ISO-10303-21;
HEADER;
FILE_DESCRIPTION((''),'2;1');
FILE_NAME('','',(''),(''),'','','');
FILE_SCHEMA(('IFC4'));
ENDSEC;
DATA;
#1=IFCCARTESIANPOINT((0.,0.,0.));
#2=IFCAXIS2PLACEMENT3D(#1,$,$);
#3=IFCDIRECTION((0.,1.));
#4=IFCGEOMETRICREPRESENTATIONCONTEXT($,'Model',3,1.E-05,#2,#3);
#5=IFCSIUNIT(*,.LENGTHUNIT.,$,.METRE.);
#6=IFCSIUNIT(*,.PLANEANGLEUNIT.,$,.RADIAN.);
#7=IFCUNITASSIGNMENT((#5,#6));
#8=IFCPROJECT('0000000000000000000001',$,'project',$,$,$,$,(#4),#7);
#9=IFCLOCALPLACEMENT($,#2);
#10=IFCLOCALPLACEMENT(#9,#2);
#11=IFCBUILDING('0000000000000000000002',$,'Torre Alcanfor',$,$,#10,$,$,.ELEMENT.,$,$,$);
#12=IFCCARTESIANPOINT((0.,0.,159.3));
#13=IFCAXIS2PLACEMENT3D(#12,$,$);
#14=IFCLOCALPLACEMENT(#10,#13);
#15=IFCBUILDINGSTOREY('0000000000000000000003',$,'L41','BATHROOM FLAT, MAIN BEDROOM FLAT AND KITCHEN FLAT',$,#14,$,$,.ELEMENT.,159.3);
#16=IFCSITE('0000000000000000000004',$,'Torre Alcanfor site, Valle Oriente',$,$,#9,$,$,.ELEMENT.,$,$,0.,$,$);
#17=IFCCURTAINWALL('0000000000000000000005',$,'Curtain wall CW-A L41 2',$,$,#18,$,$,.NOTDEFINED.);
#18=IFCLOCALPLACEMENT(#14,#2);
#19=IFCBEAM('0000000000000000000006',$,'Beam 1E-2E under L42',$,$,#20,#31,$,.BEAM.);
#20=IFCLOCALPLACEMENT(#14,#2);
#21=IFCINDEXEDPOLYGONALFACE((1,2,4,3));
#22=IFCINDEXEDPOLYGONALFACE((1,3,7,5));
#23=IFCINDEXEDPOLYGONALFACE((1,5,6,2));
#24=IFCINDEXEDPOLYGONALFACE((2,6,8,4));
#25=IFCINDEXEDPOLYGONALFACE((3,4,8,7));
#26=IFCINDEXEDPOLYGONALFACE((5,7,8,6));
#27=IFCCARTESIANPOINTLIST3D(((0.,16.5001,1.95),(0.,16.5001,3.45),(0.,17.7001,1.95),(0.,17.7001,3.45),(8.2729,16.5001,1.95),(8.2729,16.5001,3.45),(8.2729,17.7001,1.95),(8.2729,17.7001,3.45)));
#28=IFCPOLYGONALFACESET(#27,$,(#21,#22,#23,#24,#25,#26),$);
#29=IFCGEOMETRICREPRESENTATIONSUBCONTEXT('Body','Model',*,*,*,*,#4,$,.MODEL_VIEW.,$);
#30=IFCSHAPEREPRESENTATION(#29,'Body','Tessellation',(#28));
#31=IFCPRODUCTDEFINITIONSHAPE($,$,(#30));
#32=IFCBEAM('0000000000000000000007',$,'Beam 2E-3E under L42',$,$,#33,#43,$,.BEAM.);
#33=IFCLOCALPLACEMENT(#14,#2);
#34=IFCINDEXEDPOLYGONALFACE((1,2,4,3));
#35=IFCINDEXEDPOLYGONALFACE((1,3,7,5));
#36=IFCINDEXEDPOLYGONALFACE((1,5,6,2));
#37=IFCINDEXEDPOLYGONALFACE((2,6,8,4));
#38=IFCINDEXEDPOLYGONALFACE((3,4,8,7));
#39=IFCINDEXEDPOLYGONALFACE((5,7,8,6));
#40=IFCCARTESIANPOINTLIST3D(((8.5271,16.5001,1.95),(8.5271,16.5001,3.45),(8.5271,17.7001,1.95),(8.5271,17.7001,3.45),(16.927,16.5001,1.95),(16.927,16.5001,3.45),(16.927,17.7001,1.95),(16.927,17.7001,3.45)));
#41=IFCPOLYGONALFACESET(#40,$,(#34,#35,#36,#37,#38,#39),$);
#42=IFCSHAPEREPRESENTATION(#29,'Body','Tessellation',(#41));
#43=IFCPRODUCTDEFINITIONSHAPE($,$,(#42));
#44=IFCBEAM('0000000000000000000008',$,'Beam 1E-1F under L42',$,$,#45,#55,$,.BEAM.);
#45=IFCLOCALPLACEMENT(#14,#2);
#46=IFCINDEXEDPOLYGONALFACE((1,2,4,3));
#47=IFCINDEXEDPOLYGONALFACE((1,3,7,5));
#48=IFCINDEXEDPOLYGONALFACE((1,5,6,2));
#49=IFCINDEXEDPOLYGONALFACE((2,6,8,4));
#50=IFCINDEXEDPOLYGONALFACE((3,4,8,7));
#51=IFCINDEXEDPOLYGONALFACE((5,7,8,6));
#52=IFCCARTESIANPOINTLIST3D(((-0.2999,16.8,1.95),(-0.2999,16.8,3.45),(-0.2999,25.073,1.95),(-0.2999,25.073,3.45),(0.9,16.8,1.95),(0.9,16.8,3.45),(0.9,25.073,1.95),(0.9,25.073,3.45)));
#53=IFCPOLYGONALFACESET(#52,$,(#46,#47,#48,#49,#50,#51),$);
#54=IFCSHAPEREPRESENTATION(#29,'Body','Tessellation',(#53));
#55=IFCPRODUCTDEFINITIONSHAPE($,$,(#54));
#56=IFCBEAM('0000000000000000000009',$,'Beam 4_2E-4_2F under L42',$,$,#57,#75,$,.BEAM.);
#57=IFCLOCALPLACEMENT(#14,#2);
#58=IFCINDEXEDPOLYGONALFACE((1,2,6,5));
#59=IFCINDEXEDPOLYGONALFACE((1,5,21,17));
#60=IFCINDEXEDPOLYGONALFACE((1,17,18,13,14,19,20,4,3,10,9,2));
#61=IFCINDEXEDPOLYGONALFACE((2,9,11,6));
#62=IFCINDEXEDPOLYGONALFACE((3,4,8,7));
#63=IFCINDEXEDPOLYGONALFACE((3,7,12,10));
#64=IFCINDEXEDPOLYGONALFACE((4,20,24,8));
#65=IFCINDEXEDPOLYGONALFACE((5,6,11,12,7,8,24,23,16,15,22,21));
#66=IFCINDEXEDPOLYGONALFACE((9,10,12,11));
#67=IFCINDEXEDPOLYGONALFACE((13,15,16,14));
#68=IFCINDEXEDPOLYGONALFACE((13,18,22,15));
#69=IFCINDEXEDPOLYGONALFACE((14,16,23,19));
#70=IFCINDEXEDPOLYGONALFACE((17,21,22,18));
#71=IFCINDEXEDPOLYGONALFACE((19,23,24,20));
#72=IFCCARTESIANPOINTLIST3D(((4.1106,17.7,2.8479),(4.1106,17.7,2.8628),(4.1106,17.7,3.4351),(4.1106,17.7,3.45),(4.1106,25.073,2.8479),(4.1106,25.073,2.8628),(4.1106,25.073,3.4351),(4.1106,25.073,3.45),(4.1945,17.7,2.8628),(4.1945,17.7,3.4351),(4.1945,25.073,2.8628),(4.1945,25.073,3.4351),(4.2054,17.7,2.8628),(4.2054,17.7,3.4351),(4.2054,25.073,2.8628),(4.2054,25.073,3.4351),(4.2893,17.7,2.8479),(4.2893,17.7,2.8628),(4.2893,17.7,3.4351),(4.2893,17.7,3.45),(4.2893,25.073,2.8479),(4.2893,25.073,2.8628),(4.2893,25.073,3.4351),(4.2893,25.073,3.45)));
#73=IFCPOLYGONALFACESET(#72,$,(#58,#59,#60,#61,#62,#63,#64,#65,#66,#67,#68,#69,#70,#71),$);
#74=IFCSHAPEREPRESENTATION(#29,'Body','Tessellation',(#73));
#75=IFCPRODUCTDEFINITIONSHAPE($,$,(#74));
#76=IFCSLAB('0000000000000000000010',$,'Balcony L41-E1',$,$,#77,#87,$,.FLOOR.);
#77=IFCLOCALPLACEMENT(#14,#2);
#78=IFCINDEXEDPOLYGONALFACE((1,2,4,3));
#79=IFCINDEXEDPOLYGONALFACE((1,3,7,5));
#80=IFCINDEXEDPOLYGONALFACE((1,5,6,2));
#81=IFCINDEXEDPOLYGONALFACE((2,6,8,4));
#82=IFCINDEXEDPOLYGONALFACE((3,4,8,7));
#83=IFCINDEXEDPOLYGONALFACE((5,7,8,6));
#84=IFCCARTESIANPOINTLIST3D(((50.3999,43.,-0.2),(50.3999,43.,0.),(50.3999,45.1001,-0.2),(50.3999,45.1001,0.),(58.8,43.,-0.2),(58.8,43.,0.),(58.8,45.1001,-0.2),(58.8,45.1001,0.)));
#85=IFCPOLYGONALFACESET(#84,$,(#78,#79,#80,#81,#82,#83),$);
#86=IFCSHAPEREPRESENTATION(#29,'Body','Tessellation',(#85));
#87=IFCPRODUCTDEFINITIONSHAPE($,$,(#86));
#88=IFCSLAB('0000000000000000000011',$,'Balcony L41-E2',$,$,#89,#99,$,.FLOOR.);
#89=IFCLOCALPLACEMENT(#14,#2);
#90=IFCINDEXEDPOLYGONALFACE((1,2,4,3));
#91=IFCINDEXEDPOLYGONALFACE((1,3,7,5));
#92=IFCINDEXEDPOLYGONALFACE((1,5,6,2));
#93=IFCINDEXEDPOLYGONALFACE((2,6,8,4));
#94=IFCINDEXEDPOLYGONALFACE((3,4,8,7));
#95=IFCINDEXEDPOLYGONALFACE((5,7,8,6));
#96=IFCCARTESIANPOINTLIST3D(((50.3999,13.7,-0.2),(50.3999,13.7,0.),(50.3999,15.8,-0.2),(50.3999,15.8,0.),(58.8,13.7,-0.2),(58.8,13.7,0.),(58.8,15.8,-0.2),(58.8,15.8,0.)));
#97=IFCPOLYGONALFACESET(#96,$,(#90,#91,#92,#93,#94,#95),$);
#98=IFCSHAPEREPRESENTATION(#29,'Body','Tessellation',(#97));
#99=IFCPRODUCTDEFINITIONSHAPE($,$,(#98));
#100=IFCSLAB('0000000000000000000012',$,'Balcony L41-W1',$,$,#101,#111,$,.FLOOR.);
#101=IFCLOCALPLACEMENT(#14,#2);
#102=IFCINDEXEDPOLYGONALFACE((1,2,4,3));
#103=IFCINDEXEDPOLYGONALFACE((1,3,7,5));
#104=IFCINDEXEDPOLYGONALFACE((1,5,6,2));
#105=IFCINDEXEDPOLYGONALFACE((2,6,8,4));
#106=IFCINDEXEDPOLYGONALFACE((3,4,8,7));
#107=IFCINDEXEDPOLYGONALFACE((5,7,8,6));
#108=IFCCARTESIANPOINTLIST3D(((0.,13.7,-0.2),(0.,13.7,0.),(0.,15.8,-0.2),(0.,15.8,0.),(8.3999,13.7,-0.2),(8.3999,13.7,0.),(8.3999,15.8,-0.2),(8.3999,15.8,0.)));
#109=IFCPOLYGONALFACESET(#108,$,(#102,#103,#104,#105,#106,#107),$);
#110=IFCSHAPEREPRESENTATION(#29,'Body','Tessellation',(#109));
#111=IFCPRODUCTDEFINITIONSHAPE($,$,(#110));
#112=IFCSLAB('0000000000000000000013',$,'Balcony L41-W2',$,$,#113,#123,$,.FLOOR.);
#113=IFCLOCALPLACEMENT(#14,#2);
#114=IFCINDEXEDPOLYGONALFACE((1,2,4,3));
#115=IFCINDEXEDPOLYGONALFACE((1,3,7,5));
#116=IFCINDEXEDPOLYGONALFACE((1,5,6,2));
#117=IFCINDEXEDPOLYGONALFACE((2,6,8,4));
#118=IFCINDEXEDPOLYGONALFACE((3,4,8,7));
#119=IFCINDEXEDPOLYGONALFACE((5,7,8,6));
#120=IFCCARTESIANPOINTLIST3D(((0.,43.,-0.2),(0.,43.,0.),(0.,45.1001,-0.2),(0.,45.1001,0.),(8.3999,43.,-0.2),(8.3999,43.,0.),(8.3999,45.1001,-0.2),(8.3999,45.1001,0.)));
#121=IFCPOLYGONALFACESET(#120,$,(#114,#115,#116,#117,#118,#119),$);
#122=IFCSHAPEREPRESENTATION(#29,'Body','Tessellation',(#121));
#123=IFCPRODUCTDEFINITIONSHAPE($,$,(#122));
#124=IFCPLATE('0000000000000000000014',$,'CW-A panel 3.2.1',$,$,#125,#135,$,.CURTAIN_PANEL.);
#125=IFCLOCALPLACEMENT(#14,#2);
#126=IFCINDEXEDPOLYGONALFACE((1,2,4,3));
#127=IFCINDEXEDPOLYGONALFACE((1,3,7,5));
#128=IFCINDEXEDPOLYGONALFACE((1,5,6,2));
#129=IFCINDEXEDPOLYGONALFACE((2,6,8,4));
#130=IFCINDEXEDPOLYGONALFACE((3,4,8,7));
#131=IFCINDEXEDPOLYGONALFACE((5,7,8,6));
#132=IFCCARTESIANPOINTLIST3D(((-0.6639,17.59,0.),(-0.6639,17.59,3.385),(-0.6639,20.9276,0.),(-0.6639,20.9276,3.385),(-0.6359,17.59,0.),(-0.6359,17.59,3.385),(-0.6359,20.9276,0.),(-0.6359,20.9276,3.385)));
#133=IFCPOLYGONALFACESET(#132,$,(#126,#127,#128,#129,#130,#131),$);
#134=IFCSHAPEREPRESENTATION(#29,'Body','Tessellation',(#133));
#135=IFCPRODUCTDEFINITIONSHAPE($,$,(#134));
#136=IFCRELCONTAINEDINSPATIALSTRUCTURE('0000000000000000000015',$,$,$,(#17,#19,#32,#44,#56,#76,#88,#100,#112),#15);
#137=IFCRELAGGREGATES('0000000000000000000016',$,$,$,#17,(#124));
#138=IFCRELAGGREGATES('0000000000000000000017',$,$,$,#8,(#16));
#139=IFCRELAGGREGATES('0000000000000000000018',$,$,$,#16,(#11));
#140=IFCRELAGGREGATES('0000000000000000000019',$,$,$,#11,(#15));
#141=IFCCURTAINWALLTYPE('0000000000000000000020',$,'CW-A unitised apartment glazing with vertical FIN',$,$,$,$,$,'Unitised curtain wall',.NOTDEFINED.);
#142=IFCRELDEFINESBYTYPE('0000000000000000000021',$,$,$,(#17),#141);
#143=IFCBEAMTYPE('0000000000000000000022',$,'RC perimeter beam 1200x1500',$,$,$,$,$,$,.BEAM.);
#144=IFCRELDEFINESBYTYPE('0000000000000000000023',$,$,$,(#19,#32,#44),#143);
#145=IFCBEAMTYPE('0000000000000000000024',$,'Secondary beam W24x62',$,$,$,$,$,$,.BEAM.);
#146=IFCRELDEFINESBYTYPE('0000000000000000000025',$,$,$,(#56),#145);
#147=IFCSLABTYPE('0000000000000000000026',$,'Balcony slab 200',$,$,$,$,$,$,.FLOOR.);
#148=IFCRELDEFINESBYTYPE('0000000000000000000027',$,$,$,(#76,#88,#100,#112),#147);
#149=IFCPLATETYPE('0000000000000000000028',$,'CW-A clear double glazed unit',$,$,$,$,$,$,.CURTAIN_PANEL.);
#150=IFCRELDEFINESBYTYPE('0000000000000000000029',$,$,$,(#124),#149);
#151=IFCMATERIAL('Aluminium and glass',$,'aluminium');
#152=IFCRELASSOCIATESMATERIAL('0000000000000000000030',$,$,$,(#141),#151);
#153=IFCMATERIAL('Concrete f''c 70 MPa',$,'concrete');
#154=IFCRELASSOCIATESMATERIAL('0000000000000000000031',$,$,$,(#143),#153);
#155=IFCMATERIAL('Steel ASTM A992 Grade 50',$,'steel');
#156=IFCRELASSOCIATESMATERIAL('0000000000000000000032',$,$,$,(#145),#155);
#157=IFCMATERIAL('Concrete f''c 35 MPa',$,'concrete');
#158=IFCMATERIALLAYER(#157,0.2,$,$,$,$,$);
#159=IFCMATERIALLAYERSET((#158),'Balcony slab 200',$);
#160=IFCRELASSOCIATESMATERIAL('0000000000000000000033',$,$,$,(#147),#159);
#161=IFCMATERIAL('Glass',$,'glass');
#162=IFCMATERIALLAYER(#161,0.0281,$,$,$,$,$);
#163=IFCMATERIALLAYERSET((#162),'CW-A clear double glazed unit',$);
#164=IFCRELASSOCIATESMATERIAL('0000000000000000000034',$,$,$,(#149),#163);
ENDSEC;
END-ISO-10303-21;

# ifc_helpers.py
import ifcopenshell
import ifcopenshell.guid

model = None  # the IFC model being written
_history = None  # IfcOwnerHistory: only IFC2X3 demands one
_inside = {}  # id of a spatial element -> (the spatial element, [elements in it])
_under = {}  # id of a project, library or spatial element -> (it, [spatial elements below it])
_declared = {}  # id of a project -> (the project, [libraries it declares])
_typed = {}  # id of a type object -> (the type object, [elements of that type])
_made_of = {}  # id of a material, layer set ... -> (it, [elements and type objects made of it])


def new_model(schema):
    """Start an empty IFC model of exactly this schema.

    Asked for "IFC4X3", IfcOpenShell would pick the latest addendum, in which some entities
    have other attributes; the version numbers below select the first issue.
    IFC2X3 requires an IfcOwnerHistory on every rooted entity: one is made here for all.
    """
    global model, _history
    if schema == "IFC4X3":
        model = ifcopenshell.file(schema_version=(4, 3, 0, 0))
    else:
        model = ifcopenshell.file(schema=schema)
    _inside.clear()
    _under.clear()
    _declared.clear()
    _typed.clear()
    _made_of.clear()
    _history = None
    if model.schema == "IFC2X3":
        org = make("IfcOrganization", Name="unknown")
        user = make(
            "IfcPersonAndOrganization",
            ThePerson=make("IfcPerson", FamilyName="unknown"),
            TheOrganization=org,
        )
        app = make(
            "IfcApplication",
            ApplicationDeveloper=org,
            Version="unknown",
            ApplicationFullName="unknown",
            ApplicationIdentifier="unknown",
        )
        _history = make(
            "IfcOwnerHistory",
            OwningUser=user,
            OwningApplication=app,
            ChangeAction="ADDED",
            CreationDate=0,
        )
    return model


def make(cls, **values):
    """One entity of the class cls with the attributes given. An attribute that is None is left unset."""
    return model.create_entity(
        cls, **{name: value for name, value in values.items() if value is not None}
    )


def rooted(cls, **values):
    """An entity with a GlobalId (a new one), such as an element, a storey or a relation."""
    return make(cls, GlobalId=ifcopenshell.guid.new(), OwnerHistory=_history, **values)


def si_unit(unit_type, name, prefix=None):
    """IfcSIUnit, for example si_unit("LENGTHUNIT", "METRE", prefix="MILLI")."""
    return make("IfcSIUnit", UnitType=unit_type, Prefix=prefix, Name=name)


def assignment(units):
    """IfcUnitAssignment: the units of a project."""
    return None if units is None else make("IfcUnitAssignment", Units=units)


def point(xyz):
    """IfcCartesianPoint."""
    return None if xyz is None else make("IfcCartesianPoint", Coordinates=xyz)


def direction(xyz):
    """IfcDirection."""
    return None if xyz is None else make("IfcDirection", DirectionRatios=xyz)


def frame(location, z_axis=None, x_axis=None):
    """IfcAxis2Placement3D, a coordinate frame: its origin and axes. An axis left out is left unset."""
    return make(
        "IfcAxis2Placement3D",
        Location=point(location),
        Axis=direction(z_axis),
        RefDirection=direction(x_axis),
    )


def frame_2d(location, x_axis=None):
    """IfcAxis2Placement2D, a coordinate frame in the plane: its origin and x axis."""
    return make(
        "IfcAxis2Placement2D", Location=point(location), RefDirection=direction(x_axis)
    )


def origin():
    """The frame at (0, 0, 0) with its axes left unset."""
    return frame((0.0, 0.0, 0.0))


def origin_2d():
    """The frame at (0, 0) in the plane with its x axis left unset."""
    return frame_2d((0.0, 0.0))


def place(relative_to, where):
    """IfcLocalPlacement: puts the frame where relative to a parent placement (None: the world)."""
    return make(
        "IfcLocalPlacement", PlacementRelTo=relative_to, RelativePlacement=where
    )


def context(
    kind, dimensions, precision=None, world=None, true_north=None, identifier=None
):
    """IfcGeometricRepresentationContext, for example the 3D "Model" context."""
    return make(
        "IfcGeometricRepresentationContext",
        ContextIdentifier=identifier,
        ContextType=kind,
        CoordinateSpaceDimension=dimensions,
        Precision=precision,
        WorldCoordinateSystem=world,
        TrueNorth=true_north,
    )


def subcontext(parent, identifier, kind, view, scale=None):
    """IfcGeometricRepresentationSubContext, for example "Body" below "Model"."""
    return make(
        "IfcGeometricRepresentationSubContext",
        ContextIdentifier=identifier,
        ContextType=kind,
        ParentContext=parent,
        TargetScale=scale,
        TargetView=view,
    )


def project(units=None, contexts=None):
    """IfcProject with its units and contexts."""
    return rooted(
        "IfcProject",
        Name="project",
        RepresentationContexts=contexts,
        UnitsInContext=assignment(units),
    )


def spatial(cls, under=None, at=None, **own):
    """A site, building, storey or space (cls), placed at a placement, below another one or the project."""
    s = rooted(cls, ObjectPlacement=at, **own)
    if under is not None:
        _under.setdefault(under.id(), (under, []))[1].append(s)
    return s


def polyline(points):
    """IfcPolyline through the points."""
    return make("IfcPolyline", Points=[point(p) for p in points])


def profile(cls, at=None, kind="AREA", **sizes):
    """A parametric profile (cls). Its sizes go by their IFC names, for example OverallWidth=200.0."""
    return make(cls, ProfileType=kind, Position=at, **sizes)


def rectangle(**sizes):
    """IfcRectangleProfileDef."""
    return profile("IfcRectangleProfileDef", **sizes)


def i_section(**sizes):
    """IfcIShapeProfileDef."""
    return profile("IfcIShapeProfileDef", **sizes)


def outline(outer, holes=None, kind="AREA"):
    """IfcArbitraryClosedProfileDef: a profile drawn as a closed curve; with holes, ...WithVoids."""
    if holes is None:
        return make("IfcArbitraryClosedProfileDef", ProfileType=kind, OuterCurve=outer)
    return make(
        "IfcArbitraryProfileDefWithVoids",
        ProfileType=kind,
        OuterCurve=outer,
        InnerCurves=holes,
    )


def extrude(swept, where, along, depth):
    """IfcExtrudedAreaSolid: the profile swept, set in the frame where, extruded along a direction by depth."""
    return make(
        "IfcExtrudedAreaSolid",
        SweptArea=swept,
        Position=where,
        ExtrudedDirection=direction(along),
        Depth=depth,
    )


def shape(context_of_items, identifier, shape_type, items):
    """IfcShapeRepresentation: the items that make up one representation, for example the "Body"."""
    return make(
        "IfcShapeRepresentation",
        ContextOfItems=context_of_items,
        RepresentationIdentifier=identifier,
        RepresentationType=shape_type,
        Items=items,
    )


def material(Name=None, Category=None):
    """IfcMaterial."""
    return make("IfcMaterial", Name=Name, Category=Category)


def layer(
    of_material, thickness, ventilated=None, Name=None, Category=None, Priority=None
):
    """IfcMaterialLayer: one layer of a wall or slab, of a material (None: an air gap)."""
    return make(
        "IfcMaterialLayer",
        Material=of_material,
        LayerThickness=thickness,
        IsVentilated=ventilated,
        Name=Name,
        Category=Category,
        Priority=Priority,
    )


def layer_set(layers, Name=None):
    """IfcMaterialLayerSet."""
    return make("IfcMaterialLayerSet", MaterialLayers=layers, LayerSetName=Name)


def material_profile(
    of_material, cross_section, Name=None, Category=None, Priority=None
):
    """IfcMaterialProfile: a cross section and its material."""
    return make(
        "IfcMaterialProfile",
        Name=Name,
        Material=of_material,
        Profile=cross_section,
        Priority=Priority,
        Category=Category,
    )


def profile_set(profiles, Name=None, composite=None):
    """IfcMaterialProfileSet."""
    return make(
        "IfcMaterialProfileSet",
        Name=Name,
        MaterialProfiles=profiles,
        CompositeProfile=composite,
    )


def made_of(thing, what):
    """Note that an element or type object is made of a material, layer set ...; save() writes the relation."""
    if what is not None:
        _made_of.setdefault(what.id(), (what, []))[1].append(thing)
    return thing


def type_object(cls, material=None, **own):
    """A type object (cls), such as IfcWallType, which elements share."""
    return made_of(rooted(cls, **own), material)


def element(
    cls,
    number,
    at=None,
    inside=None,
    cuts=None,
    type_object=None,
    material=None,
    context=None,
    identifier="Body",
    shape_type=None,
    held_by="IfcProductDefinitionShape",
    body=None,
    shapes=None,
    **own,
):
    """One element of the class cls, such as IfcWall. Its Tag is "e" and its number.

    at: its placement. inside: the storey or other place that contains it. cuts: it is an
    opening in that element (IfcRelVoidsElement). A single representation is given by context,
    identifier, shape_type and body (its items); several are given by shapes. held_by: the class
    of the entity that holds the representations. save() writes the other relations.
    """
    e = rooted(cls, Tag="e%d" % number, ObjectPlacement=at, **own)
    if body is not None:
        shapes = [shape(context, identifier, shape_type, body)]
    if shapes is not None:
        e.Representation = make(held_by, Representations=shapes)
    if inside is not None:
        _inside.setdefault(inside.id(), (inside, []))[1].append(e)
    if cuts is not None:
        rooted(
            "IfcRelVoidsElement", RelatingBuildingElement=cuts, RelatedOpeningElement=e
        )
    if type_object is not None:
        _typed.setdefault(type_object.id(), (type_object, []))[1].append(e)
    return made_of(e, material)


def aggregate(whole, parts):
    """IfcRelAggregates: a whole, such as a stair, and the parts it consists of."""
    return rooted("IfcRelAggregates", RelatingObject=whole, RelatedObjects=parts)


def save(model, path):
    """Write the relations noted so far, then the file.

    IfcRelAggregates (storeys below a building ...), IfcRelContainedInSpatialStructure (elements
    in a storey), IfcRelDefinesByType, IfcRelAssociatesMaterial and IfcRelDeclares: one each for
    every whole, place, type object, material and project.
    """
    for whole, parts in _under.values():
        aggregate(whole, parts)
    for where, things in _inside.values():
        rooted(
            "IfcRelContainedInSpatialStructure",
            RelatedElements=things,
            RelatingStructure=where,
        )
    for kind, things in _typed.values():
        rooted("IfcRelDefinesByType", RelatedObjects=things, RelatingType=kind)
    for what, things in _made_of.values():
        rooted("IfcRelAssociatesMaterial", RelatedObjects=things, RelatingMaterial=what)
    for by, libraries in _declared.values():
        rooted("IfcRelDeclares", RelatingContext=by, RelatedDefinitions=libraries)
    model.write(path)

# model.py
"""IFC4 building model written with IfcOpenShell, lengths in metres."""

from ifc_helpers import new_model, si_unit, direction, frame, origin, origin_2d, place, context, subcontext, project, spatial, polyline, rectangle, i_section, outline, extrude, material, layer, layer_set, material_profile, profile_set, type_object, element, aggregate, save


model = new_model("IFC4")

# Units and contexts
model_context = context("Model", 3, precision=1e-05, world=origin(), true_north=direction((0.0, 1.0)))
body_context = subcontext(model_context, "Body", "Model", "MODEL_VIEW")
ifc_project = project(units=[si_unit("LENGTHUNIT", "METRE"), si_unit("PLANEANGLEUNIT", "RADIAN")], contexts=[model_context])

# Site, building, storey
site_placement = place(None, origin())
site = spatial("IfcSite", under=ifc_project, at=site_placement, Name="Torre Alcanfor site, Valle Oriente", CompositionType="ELEMENT", RefElevation=0.0)
building_placement = place(site_placement, origin())
building = spatial("IfcBuilding", under=site, at=building_placement, Name="Torre Alcanfor", CompositionType="ELEMENT")
storey_placement = place(building_placement, frame((0.0, 0.0, 159.3)))
storey = spatial("IfcBuildingStorey", under=building, at=storey_placement, Name="L41", Description="BATHROOM FLAT, MAIN BEDROOM FLAT AND KITCHEN FLAT", CompositionType="ELEMENT", Elevation=159.3)

# Curtain wall
ifc_material_1 = material(Name="Aluminium and glass", Category="aluminium")
curtain_wall_type = type_object("IfcCurtainWallType", Name="CW-A unitised apartment glazing with vertical FIN", ElementType="Unitised curtain wall", PredefinedType="NOTDEFINED", material=ifc_material_1)
curtain_wall_placement = place(storey_placement, origin())
curtain_wall = element("IfcCurtainWall", 1, at=curtain_wall_placement, inside=storey, type_object=curtain_wall_type, Name="Curtain wall CW-A L41 2", PredefinedType="NOTDEFINED")

# Beams
ifc_material_2 = material(Name="Concrete f'c 70 MPa", Category="concrete")
ifc_material_profile_1 = material_profile(ifc_material_2, rectangle(XDim=1.2, YDim=1.5, at=origin_2d()), Name="1200x1500")
ifc_profile_set_1 = profile_set([ifc_material_profile_1], Name="Concrete f'c 70 MPa")
beam_type_1 = type_object("IfcBeamType", Name="RC perimeter beam 1200x1500", PredefinedType="BEAM", material=ifc_profile_set_1)
beam_1_placement = place(storey_placement, frame((0.0, 17.1001, 2.7), z_axis=(1.0, 0.0, 0.0), x_axis=(0.0, 1.0, 0.0)))
element("IfcBeam", 2, at=beam_1_placement, inside=storey, type_object=beam_type_1, Name="Beam 1E-2E under L42", PredefinedType="BEAM", context=body_context, shape_type="SweptSolid", body=[
    extrude(rectangle(XDim=1.2, YDim=1.5, at=origin_2d()), origin(), (0.0, 0.0, 1.0), 8.2729),
])
beam_2_placement = place(storey_placement, frame((8.5271, 17.1001, 2.7), z_axis=(1.0, 0.0, 0.0), x_axis=(0.0, 1.0, 0.0)))
element("IfcBeam", 3, at=beam_2_placement, inside=storey, type_object=beam_type_1, Name="Beam 2E-3E under L42", PredefinedType="BEAM", context=body_context, shape_type="SweptSolid", body=[
    extrude(rectangle(XDim=1.2, YDim=1.5, at=origin_2d()), origin(), (0.0, 0.0, 1.0), 8.3999),
])
beam_3_placement = place(storey_placement, frame((0.3, 16.8, 2.7), z_axis=(0.0, 1.0, 0.0), x_axis=(-1.0, 0.0, 0.0)))
element("IfcBeam", 4, at=beam_3_placement, inside=storey, type_object=beam_type_1, Name="Beam 1E-1F under L42", PredefinedType="BEAM", context=body_context, shape_type="SweptSolid", body=[
    extrude(rectangle(XDim=1.2, YDim=1.5, at=origin_2d()), origin(), (0.0, 0.0, 1.0), 8.2729),
])
ifc_material_3 = material(Name="Steel ASTM A992 Grade 50", Category="steel")
ifc_material_profile_2 = material_profile(ifc_material_3, i_section(OverallWidth=0.1787, OverallDepth=0.6021, WebThickness=0.011, FlangeThickness=0.0149, at=origin_2d()), Name="W24x62")
ifc_profile_set_2 = profile_set([ifc_material_profile_2], Name="Steel ASTM A992 Grade 50")
beam_type_2 = type_object("IfcBeamType", Name="Secondary beam W24x62", PredefinedType="BEAM", material=ifc_profile_set_2)
beam_4_placement = place(storey_placement, frame((4.2, 17.7, 3.1489), z_axis=(0.0, 1.0, 0.0), x_axis=(-1.0, 0.0, 0.0)))
element("IfcBeam", 5, at=beam_4_placement, inside=storey, type_object=beam_type_2, Name="Beam 4_2E-4_2F under L42", PredefinedType="BEAM", context=body_context, shape_type="SweptSolid", body=[
    extrude(i_section(OverallWidth=0.1787, OverallDepth=0.6021, WebThickness=0.011, FlangeThickness=0.0149, at=origin_2d()), origin(), (0.0, 0.0, 1.0), 7.373),
])

# Slabs
ifc_material_4 = material(Name="Concrete f'c 35 MPa", Category="concrete")
ifc_layer_1 = layer(ifc_material_4, 0.2)
ifc_layer_set_1 = layer_set([ifc_layer_1], Name="Balcony slab 200")
slab_type_1 = type_object("IfcSlabType", Name="Balcony slab 200", PredefinedType="FLOOR", material=ifc_layer_set_1)
slab_1_placement = place(storey_placement, frame((0.0, 0.0, -0.2)))
element("IfcSlab", 6, at=slab_1_placement, inside=storey, type_object=slab_type_1, Name="Balcony L41-E1", PredefinedType="FLOOR", context=body_context, shape_type="SweptSolid", body=[
    extrude(outline(polyline([(50.3999, 43.0), (58.8, 43.0), (58.8, 45.1001), (50.3999, 45.1001), (50.3999, 43.0)])), origin(), (0.0, 0.0, 1.0), 0.2),
])
slab_2_placement = place(storey_placement, frame((0.0, 0.0, -0.2)))
element("IfcSlab", 7, at=slab_2_placement, inside=storey, type_object=slab_type_1, Name="Balcony L41-E2", PredefinedType="FLOOR", context=body_context, shape_type="SweptSolid", body=[
    extrude(outline(polyline([(50.3999, 13.7), (58.8, 13.7), (58.8, 15.8), (50.3999, 15.8), (50.3999, 13.7)])), origin(), (0.0, 0.0, 1.0), 0.2),
])
slab_3_placement = place(storey_placement, frame((0.0, 0.0, -0.2)))
element("IfcSlab", 8, at=slab_3_placement, inside=storey, type_object=slab_type_1, Name="Balcony L41-W1", PredefinedType="FLOOR", context=body_context, shape_type="SweptSolid", body=[
    extrude(outline(polyline([(8.3999, 15.8), (0.0, 15.8), (0.0, 13.7), (8.3999, 13.7), (8.3999, 15.8)])), origin(), (0.0, 0.0, 1.0), 0.2),
])
slab_4_placement = place(storey_placement, frame((0.0, 0.0, -0.2)))
element("IfcSlab", 9, at=slab_4_placement, inside=storey, type_object=slab_type_1, Name="Balcony L41-W2", PredefinedType="FLOOR", context=body_context, shape_type="SweptSolid", body=[
    extrude(outline(polyline([(8.3999, 45.1001), (0.0, 45.1001), (0.0, 43.0), (8.3999, 43.0), (8.3999, 45.1001)])), origin(), (0.0, 0.0, 1.0), 0.2),
])

# Plate
ifc_material_5 = material(Name="Glass", Category="glass")
ifc_layer_2 = layer(ifc_material_5, 0.0281)
ifc_layer_set_2 = layer_set([ifc_layer_2], Name="CW-A clear double glazed unit")
plate_type = type_object("IfcPlateType", Name="CW-A clear double glazed unit", PredefinedType="CURTAIN_PANEL", material=ifc_layer_set_2)
plate_placement = place(storey_placement, frame((-0.6499, 19.2588, 0.0), z_axis=(0.0, 0.0, 1.0), x_axis=(0.0, -1.0, 0.0)))
plate = element("IfcPlate", 10, at=plate_placement, type_object=plate_type, Name="CW-A panel 3.2.1", PredefinedType="CURTAIN_PANEL", context=body_context, shape_type="SweptSolid", body=[
    extrude(rectangle(XDim=3.3376, YDim=0.0281, at=origin_2d()), origin(), (0.0, 0.0, 1.0), 3.385),
])
aggregate(curtain_wall, [plate])

save(model, "model.ifc")
